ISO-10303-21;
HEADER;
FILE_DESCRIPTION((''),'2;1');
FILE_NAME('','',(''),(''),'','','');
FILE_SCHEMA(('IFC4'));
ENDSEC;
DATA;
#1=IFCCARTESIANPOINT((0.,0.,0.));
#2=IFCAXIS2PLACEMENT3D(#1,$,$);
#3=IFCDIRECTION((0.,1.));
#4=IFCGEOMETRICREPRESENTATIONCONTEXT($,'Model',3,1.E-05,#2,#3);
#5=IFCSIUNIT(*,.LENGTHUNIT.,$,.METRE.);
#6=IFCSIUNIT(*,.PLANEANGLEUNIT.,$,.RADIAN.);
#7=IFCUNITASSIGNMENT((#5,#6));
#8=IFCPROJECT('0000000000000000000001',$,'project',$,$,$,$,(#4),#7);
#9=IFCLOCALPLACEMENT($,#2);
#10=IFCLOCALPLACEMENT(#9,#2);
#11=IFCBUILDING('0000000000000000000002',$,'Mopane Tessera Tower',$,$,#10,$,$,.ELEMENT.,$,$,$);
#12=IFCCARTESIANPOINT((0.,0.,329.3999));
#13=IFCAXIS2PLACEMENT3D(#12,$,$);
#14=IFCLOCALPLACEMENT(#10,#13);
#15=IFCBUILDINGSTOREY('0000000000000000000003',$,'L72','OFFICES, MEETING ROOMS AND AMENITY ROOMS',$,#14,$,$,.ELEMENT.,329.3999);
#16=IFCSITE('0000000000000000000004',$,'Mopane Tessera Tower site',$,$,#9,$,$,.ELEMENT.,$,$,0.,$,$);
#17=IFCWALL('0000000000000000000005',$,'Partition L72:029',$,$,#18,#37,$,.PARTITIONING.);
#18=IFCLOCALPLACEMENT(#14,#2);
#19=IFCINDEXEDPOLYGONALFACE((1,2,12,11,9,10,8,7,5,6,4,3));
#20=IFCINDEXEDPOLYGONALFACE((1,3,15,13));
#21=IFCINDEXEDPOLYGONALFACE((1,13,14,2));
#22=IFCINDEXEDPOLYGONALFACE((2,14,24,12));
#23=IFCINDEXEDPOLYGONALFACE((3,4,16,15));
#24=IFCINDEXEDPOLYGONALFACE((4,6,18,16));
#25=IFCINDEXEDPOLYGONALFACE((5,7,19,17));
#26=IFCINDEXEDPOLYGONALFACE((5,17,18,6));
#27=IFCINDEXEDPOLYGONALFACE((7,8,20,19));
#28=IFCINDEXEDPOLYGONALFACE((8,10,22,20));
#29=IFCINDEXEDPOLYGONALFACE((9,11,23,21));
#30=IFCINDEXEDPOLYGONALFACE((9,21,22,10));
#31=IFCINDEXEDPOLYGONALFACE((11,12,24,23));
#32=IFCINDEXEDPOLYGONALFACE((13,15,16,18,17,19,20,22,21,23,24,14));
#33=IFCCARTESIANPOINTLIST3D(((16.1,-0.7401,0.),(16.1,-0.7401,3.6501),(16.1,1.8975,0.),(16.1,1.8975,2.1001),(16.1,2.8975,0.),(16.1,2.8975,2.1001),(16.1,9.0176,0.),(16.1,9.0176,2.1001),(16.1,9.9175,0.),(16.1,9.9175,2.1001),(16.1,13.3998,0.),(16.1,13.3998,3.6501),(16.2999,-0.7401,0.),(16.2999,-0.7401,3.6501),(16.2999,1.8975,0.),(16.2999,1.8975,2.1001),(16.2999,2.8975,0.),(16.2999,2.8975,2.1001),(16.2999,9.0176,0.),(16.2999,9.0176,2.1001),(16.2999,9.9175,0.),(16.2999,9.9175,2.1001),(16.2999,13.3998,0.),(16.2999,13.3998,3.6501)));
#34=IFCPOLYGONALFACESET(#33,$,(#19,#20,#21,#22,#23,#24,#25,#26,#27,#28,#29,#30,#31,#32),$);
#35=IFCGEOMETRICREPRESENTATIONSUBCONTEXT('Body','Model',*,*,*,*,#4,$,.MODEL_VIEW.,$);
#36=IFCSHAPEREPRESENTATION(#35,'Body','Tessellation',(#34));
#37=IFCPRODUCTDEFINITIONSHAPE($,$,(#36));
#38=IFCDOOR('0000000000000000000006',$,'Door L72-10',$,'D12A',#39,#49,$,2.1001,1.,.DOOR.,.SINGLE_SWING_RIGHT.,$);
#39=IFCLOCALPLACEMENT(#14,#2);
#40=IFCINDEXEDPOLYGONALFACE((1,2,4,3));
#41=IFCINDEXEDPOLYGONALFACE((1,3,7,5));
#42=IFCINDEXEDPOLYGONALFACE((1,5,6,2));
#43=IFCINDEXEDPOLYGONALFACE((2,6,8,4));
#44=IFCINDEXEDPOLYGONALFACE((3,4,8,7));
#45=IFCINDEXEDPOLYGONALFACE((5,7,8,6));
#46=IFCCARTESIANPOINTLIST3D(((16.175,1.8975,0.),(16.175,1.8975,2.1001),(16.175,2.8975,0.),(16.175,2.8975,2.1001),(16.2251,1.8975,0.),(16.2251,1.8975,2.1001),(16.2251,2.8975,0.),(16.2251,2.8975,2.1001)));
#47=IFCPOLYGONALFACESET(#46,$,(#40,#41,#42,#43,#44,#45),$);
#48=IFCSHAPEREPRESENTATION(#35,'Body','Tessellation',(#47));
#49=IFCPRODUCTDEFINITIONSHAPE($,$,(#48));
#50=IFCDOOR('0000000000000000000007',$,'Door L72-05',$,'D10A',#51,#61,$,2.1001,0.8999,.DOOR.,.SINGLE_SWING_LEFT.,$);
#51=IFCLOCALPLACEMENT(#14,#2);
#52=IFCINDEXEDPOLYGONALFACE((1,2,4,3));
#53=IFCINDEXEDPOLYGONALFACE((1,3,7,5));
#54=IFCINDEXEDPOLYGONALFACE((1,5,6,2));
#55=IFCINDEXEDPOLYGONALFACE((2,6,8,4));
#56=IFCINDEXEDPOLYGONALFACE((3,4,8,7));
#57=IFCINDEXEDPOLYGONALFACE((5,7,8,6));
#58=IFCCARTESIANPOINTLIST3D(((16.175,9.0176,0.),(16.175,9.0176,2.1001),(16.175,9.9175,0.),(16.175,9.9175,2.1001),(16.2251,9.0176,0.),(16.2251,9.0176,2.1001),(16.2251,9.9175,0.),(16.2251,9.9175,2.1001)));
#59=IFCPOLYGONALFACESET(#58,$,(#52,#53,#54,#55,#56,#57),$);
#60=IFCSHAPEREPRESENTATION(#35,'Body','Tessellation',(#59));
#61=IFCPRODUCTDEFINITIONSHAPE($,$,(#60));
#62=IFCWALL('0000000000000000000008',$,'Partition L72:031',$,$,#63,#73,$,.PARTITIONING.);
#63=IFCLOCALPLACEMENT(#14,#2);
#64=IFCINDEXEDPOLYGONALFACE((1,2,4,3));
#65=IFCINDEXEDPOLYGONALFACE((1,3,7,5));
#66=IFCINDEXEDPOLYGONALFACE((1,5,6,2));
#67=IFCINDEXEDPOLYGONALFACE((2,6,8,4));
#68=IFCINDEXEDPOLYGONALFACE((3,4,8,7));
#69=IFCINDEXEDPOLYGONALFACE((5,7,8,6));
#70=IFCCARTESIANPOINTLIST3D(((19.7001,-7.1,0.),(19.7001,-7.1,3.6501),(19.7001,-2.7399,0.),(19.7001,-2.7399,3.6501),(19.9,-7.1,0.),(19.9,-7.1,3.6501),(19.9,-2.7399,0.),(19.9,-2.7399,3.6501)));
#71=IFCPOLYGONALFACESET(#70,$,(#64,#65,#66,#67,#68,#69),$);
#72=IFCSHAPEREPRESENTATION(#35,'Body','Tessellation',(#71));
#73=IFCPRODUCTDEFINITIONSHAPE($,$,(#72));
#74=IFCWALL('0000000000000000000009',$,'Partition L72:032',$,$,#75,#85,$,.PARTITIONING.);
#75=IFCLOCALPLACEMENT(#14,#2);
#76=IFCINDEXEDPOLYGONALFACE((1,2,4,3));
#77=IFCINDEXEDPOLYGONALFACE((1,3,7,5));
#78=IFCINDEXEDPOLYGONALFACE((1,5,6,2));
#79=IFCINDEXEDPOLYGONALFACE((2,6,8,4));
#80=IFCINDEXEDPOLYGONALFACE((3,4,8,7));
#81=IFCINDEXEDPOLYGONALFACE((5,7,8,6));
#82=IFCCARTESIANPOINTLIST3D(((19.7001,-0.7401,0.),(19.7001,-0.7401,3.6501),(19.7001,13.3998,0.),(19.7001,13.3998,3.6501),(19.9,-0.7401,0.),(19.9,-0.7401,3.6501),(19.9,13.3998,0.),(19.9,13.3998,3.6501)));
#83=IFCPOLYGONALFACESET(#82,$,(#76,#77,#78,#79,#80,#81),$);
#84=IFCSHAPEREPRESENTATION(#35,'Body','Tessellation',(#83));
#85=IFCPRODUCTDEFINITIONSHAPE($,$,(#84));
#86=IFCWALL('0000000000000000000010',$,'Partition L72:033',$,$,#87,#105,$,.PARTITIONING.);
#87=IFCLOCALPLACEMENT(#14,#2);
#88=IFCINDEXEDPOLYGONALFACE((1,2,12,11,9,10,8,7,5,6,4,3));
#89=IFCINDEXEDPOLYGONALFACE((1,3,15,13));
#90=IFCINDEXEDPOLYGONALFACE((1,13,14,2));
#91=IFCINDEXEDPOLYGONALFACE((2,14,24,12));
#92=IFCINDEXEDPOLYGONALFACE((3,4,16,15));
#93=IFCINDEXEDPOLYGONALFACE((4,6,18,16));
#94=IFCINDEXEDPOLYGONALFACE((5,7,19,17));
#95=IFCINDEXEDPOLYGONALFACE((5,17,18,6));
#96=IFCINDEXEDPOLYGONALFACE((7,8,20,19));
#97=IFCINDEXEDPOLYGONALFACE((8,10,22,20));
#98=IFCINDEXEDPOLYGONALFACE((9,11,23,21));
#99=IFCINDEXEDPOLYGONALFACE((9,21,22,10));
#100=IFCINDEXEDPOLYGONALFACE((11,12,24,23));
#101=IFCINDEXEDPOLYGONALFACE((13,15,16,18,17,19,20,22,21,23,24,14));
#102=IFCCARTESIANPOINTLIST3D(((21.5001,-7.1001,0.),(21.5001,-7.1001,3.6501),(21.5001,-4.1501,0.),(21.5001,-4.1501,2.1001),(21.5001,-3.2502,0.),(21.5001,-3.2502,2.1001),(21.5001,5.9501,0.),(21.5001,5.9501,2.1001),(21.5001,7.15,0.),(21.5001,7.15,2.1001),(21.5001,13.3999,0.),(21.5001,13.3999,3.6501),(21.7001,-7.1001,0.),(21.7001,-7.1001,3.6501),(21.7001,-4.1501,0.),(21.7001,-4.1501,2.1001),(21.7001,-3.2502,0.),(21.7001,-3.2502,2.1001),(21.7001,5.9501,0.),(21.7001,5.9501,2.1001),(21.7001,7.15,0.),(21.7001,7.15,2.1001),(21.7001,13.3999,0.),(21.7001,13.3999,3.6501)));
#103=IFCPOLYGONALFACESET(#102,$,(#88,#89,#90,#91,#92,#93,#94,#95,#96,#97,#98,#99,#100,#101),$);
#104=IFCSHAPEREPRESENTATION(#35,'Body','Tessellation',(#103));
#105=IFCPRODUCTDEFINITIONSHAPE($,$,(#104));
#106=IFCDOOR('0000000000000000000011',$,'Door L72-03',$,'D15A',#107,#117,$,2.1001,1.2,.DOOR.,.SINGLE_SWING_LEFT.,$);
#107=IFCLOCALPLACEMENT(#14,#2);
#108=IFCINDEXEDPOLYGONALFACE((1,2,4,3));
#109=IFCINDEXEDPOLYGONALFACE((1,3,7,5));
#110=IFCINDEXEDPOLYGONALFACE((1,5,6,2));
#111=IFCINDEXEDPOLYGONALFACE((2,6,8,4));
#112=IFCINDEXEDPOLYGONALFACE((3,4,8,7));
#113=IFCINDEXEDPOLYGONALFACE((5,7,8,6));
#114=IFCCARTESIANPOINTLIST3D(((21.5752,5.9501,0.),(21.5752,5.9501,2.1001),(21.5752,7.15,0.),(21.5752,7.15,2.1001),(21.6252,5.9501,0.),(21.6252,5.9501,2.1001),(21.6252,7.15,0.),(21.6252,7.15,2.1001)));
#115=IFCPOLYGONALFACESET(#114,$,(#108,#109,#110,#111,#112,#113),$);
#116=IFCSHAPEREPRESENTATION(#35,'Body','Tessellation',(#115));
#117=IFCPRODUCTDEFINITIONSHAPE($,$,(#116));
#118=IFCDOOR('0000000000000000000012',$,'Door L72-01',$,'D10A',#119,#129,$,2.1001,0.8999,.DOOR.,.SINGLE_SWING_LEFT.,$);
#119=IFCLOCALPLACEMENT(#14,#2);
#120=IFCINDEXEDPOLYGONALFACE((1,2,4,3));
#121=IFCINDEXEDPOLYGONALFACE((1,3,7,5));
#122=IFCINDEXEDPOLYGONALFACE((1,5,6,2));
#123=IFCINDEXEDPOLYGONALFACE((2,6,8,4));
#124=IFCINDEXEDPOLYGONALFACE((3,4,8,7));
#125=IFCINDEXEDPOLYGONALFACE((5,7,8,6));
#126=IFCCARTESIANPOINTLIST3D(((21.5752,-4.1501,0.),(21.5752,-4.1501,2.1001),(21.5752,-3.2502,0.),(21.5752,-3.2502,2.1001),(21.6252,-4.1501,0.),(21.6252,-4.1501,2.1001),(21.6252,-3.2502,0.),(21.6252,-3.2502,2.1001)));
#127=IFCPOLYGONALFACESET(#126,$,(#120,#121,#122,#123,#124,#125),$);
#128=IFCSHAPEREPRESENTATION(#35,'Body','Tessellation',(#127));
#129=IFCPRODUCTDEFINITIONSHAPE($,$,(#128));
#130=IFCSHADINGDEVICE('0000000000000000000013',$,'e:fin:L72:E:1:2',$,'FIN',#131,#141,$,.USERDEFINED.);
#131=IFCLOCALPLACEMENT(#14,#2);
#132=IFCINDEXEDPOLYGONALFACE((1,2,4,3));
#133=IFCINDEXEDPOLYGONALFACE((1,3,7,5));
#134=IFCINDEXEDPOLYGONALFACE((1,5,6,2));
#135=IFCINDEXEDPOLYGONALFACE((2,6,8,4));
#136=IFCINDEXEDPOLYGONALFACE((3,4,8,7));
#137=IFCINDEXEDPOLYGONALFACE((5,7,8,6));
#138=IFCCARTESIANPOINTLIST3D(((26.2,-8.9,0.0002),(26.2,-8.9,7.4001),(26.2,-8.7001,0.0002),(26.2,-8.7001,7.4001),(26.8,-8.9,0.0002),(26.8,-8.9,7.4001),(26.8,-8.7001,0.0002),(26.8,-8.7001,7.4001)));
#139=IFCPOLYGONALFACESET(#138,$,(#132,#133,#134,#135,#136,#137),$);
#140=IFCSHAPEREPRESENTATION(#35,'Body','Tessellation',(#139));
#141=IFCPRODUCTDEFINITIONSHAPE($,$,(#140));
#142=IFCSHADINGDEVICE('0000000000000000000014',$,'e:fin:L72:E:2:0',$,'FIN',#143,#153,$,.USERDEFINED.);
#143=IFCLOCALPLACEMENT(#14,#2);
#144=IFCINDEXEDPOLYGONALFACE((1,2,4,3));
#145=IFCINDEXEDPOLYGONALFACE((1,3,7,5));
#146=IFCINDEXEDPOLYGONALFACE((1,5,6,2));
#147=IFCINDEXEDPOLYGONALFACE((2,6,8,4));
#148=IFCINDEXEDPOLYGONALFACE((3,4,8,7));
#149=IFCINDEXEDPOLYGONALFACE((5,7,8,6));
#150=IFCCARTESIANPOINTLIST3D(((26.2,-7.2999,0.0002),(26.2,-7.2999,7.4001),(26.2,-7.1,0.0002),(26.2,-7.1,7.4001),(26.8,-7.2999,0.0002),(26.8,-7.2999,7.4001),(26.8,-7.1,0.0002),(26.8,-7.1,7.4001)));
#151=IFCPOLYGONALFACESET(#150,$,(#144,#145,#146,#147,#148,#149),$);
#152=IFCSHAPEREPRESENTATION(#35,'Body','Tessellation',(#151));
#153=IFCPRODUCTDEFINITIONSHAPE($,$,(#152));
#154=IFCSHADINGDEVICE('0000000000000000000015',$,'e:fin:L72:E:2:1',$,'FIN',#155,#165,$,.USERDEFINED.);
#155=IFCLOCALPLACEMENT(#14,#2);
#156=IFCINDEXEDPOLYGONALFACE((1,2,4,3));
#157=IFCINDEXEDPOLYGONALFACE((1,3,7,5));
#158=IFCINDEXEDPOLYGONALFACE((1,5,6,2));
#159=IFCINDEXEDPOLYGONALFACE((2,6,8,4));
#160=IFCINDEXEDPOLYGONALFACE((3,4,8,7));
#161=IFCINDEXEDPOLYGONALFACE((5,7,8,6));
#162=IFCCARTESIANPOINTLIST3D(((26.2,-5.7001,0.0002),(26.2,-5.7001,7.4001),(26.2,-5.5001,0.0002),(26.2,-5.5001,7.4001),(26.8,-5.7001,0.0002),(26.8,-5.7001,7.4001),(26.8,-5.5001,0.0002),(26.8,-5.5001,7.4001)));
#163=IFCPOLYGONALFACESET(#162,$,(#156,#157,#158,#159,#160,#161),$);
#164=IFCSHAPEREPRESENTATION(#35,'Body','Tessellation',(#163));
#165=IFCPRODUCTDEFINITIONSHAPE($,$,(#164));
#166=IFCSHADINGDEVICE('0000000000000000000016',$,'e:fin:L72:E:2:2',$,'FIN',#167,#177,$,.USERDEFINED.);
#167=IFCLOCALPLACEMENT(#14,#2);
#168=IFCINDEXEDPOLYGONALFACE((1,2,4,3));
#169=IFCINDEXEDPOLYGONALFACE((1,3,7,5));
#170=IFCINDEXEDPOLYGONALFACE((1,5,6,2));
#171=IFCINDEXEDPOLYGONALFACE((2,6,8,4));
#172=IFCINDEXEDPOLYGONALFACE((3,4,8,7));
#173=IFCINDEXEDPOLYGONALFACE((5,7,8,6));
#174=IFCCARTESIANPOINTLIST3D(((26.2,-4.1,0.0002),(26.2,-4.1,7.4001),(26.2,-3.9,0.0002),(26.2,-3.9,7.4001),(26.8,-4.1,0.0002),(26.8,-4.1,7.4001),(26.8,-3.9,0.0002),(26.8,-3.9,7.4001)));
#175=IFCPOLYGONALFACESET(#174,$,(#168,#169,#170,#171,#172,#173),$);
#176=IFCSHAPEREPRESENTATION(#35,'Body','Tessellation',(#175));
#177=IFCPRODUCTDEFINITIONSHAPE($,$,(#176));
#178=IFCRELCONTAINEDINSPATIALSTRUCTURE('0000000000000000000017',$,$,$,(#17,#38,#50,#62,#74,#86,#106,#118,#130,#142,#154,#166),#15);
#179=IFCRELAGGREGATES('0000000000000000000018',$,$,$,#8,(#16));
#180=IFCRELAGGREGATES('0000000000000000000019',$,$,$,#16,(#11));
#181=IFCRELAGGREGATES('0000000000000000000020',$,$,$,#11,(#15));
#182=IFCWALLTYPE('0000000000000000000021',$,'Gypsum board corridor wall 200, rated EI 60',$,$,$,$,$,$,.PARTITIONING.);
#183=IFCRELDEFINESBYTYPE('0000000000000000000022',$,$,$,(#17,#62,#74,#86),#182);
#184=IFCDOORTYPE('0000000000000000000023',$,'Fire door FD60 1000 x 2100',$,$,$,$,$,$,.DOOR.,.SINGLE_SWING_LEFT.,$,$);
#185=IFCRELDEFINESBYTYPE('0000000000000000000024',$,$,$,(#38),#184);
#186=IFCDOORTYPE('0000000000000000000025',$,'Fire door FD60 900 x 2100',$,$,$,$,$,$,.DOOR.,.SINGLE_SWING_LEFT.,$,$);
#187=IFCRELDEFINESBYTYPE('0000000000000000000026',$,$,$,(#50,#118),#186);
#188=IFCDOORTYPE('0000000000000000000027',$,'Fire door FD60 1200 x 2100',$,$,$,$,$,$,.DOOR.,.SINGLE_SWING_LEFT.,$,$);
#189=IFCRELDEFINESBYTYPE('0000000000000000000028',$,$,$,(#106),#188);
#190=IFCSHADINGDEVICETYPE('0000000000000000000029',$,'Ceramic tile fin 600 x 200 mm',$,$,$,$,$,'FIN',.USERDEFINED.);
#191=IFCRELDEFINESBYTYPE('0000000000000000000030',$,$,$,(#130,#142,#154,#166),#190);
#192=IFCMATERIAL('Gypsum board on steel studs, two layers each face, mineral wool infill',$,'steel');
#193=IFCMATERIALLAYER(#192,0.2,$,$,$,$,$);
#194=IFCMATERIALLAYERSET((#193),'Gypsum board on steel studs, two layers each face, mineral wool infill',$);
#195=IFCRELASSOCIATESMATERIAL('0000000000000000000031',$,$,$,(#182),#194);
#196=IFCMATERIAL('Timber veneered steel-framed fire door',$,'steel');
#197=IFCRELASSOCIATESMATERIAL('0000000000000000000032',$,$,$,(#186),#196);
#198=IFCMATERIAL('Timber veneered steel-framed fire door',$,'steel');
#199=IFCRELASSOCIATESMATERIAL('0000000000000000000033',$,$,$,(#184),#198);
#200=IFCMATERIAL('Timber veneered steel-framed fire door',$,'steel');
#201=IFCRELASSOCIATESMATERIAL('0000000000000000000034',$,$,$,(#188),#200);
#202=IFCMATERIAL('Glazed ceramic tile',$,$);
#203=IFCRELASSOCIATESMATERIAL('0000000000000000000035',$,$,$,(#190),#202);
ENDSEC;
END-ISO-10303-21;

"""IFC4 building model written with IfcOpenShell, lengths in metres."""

from ifc_helpers import new_model, si_unit, direction, frame, frame_2d, origin, origin_2d, place, context, subcontext, project, spatial, rectangle, extrude, material, layer, layer_set, type_object, element, fill, save


model = new_model("IFC4")

# Units and contexts
model_context = context("Model", 3, precision=1e-05, world=origin(), true_north=direction((0.0, 1.0)))
body_context = subcontext(model_context, "Body", "Model", "MODEL_VIEW")
ifc_project = project(units=[si_unit("LENGTHUNIT", "METRE"), si_unit("PLANEANGLEUNIT", "RADIAN")], contexts=[model_context])

# Site, building, storey
site_placement = place(None, origin())
site = spatial("IfcSite", under=ifc_project, at=site_placement, Name="Mopane Tessera Tower site", CompositionType="ELEMENT", RefElevation=0.0)
building_placement = place(site_placement, origin())
building = spatial("IfcBuilding", under=site, at=building_placement, Name="Mopane Tessera Tower", CompositionType="ELEMENT")
storey_placement = place(building_placement, frame((0.0, 0.0, 329.3999)))
storey = spatial("IfcBuildingStorey", under=building, at=storey_placement, Name="L72", Description="OFFICES, MEETING ROOMS AND AMENITY ROOMS", CompositionType="ELEMENT", Elevation=329.3999)

# Shared definitions
ifc_material_1 = material(Name="Gypsum board on steel studs, two layers each face, mineral wool infill", Category="steel")
ifc_layer_1 = layer(ifc_material_1, 0.2)
ifc_layer_set_1 = layer_set([ifc_layer_1], Name="Gypsum board on steel studs, two layers each face, mineral wool infill")
wall_type_1 = type_object("IfcWallType", Name="Gypsum board corridor wall 200, rated EI 60", PredefinedType="PARTITIONING", material=ifc_layer_set_1)

# Shared definitions
ifc_material_2 = material(Name="Timber veneered steel-framed fire door", Category="steel")
door_type_1 = type_object("IfcDoorType", Name="Fire door FD60 900 x 2100", OperationType="SINGLE_SWING_LEFT", PredefinedType="DOOR", material=ifc_material_2)

# Wall, openings, doors
wall_1_placement = place(storey_placement, frame((16.2, -0.74, 0.0), z_axis=(0.0, 0.0, 1.0), x_axis=(0.0, 1.0, 0.0)))
wall_1 = element("IfcWall", 1, at=wall_1_placement, inside=storey, type_object=wall_type_1, Name="Partition L72:029", PredefinedType="PARTITIONING", context=body_context, shape_type="SweptSolid", body=[
    extrude(rectangle(XDim=14.1399, YDim=0.2, at=frame_2d((7.0698, 0.0))), origin(), (0.0, 0.0, 1.0), 3.6501),
])
opening_1_placement = place(wall_1_placement, frame((9.7576, 0.0, 0.0)))
opening_1 = element("IfcOpeningElement", 2, at=opening_1_placement, cuts=wall_1, PredefinedType="OPENING", context=body_context, shape_type="SweptSolid", body=[
    extrude(rectangle(XDim=0.8999, YDim=2.1001, at=frame_2d((0.45, 1.05))), frame((0.0, 0.1121, 0.0), z_axis=(0.0, -1.0, 0.0), x_axis=(1.0, 0.0, 0.0)), (0.0, 0.0, 1.0), 0.2239),
])
opening_2_placement = place(wall_1_placement, frame((2.6375, 0.0, 0.0)))
opening_2 = element("IfcOpeningElement", 3, at=opening_2_placement, cuts=wall_1, PredefinedType="OPENING", context=body_context, shape_type="SweptSolid", body=[
    extrude(rectangle(XDim=1.0, YDim=2.1001, at=frame_2d((0.5, 1.05))), frame((0.0, 0.1121, 0.0), z_axis=(0.0, -1.0, 0.0), x_axis=(1.0, 0.0, 0.0)), (0.0, 0.0, 1.0), 0.2239),
])
ifc_material_3 = material(Name="Timber veneered steel-framed fire door", Category="steel")
door_type_2 = type_object("IfcDoorType", Name="Fire door FD60 1000 x 2100", OperationType="SINGLE_SWING_LEFT", PredefinedType="DOOR", material=ifc_material_3)
door_1_placement = place(opening_2_placement, origin())
door_1 = element("IfcDoor", 4, at=door_1_placement, inside=storey, type_object=door_type_2, Name="Door L72-10", ObjectType="D12A", OperationType="SINGLE_SWING_RIGHT", OverallHeight=2.1001, OverallWidth=1.0, PredefinedType="DOOR", context=body_context, shape_type="SweptSolid", body=[
    extrude(rectangle(XDim=1.0, YDim=2.1001, at=frame_2d((0.5, 1.05))), frame((0.0, 0.0249, 0.0), z_axis=(0.0, -1.0, 0.0), x_axis=(1.0, 0.0, 0.0)), (0.0, 0.0, 1.0), 0.05),
])
fill(opening_2, door_1)
door_2_placement = place(opening_1_placement, origin())
door_2 = element("IfcDoor", 5, at=door_2_placement, inside=storey, type_object=door_type_1, Name="Door L72-05", ObjectType="D10A", OperationType="SINGLE_SWING_LEFT", OverallHeight=2.1001, OverallWidth=0.8999, PredefinedType="DOOR", context=body_context, shape_type="SweptSolid", body=[
    extrude(rectangle(XDim=0.8999, YDim=2.1001, at=frame_2d((0.45, 1.05))), frame((0.0, 0.0249, 0.0), z_axis=(0.0, -1.0, 0.0), x_axis=(1.0, 0.0, 0.0)), (0.0, 0.0, 1.0), 0.05),
])
fill(opening_1, door_2)

# Walls
wall_2_placement = place(storey_placement, frame((19.8, -7.1001, 0.0), z_axis=(0.0, 0.0, 1.0), x_axis=(0.0, 1.0, 0.0)))
element("IfcWall", 6, at=wall_2_placement, inside=storey, type_object=wall_type_1, Name="Partition L72:031", PredefinedType="PARTITIONING", context=body_context, shape_type="SweptSolid", body=[
    extrude(rectangle(XDim=4.3601, YDim=0.2, at=frame_2d((2.1802, 0.0))), origin(), (0.0, 0.0, 1.0), 3.6501),
])
wall_3_placement = place(storey_placement, frame((19.8, -0.74, 0.0), z_axis=(0.0, 0.0, 1.0), x_axis=(0.0, 1.0, 0.0)))
element("IfcWall", 7, at=wall_3_placement, inside=storey, type_object=wall_type_1, Name="Partition L72:032", PredefinedType="PARTITIONING", context=body_context, shape_type="SweptSolid", body=[
    extrude(rectangle(XDim=14.1399, YDim=0.2, at=frame_2d((7.0698, 0.0))), origin(), (0.0, 0.0, 1.0), 3.6501),
])

# Wall, openings, doors
wall_4_placement = place(storey_placement, frame((21.6001, -7.1001, 0.0), z_axis=(0.0, 0.0, 1.0), x_axis=(0.0, 1.0, 0.0)))
wall_4 = element("IfcWall", 8, at=wall_4_placement, inside=storey, type_object=wall_type_1, Name="Partition L72:033", PredefinedType="PARTITIONING", context=body_context, shape_type="SweptSolid", body=[
    extrude(rectangle(XDim=20.5, YDim=0.2, at=frame_2d((10.25, 0.0))), origin(), (0.0, 0.0, 1.0), 3.6501),
])
opening_3_placement = place(wall_4_placement, frame((2.95, 0.0, 0.0)))
opening_3 = element("IfcOpeningElement", 9, at=opening_3_placement, cuts=wall_4, PredefinedType="OPENING", context=body_context, shape_type="SweptSolid", body=[
    extrude(rectangle(XDim=0.8999, YDim=2.1001, at=frame_2d((0.45, 1.05))), frame((0.0, 0.1121, 0.0), z_axis=(0.0, -1.0, 0.0), x_axis=(1.0, 0.0, 0.0)), (0.0, 0.0, 1.0), 0.2239),
])
opening_4_placement = place(wall_4_placement, frame((13.05, 0.0, 0.0)))
opening_4 = element("IfcOpeningElement", 10, at=opening_4_placement, cuts=wall_4, PredefinedType="OPENING", context=body_context, shape_type="SweptSolid", body=[
    extrude(rectangle(XDim=1.2, YDim=2.1001, at=frame_2d((0.6001, 1.05))), frame((0.0, 0.1121, 0.0), z_axis=(0.0, -1.0, 0.0), x_axis=(1.0, 0.0, 0.0)), (0.0, 0.0, 1.0), 0.2239),
])
ifc_material_4 = material(Name="Timber veneered steel-framed fire door", Category="steel")
door_type_3 = type_object("IfcDoorType", Name="Fire door FD60 1200 x 2100", OperationType="SINGLE_SWING_LEFT", PredefinedType="DOOR", material=ifc_material_4)
door_3_placement = place(opening_4_placement, origin())
door_3 = element("IfcDoor", 11, at=door_3_placement, inside=storey, type_object=door_type_3, Name="Door L72-03", ObjectType="D15A", OperationType="SINGLE_SWING_LEFT", OverallHeight=2.1001, OverallWidth=1.2, PredefinedType="DOOR", context=body_context, shape_type="SweptSolid", body=[
    extrude(rectangle(XDim=1.2, YDim=2.1001, at=frame_2d((0.6001, 1.05))), frame((0.0, 0.0249, 0.0), z_axis=(0.0, -1.0, 0.0), x_axis=(1.0, 0.0, 0.0)), (0.0, 0.0, 1.0), 0.05),
])
fill(opening_4, door_3)
door_4_placement = place(opening_3_placement, origin())
door_4 = element("IfcDoor", 12, at=door_4_placement, inside=storey, type_object=door_type_1, Name="Door L72-01", ObjectType="D10A", OperationType="SINGLE_SWING_LEFT", OverallHeight=2.1001, OverallWidth=0.8999, PredefinedType="DOOR", context=body_context, shape_type="SweptSolid", body=[
    extrude(rectangle(XDim=0.8999, YDim=2.1001, at=frame_2d((0.45, 1.05))), frame((0.0, 0.0249, 0.0), z_axis=(0.0, -1.0, 0.0), x_axis=(1.0, 0.0, 0.0)), (0.0, 0.0, 1.0), 0.05),
])
fill(opening_3, door_4)

# Shading devices
ifc_material_5 = material(Name="Glazed ceramic tile")
shading_device_type = type_object("IfcShadingDeviceType", Name="Ceramic tile fin 600 x 200 mm", ElementType="FIN", PredefinedType="USERDEFINED", material=ifc_material_5)
for number, where, z_axis, x_axis, name in (
    (13, (26.5, -8.8, 0.0002), (0.0, 0.0, 1.0), (0.0, 1.0, 0.0), "e:fin:L72:E:1:2"),
    (14, (26.5, -7.2, 0.0002), (0.0, 0.0, 1.0), (0.0, 1.0, 0.0), "e:fin:L72:E:2:0"),
    (15, (26.5, -5.6001, 0.0002), (0.0, 0.0, 1.0), (0.0, 1.0, 0.0), "e:fin:L72:E:2:1"),
    (16, (26.5, -4.0, 0.0002), (0.0, 0.0, 1.0), (0.0, 1.0, 0.0), "e:fin:L72:E:2:2"),
):
    element("IfcShadingDevice", number, at=place(storey_placement, frame(where, z_axis=z_axis, x_axis=x_axis)), inside=storey, type_object=shading_device_type, Name=name, ObjectType="FIN", PredefinedType="USERDEFINED", context=body_context, shape_type="SweptSolid", body=[
        extrude(rectangle(XDim=0.2, YDim=0.6001, at=origin_2d()), origin(), (0.0, 0.0, 1.0), 7.3999),
    ])

save(model, "model.ifc")
